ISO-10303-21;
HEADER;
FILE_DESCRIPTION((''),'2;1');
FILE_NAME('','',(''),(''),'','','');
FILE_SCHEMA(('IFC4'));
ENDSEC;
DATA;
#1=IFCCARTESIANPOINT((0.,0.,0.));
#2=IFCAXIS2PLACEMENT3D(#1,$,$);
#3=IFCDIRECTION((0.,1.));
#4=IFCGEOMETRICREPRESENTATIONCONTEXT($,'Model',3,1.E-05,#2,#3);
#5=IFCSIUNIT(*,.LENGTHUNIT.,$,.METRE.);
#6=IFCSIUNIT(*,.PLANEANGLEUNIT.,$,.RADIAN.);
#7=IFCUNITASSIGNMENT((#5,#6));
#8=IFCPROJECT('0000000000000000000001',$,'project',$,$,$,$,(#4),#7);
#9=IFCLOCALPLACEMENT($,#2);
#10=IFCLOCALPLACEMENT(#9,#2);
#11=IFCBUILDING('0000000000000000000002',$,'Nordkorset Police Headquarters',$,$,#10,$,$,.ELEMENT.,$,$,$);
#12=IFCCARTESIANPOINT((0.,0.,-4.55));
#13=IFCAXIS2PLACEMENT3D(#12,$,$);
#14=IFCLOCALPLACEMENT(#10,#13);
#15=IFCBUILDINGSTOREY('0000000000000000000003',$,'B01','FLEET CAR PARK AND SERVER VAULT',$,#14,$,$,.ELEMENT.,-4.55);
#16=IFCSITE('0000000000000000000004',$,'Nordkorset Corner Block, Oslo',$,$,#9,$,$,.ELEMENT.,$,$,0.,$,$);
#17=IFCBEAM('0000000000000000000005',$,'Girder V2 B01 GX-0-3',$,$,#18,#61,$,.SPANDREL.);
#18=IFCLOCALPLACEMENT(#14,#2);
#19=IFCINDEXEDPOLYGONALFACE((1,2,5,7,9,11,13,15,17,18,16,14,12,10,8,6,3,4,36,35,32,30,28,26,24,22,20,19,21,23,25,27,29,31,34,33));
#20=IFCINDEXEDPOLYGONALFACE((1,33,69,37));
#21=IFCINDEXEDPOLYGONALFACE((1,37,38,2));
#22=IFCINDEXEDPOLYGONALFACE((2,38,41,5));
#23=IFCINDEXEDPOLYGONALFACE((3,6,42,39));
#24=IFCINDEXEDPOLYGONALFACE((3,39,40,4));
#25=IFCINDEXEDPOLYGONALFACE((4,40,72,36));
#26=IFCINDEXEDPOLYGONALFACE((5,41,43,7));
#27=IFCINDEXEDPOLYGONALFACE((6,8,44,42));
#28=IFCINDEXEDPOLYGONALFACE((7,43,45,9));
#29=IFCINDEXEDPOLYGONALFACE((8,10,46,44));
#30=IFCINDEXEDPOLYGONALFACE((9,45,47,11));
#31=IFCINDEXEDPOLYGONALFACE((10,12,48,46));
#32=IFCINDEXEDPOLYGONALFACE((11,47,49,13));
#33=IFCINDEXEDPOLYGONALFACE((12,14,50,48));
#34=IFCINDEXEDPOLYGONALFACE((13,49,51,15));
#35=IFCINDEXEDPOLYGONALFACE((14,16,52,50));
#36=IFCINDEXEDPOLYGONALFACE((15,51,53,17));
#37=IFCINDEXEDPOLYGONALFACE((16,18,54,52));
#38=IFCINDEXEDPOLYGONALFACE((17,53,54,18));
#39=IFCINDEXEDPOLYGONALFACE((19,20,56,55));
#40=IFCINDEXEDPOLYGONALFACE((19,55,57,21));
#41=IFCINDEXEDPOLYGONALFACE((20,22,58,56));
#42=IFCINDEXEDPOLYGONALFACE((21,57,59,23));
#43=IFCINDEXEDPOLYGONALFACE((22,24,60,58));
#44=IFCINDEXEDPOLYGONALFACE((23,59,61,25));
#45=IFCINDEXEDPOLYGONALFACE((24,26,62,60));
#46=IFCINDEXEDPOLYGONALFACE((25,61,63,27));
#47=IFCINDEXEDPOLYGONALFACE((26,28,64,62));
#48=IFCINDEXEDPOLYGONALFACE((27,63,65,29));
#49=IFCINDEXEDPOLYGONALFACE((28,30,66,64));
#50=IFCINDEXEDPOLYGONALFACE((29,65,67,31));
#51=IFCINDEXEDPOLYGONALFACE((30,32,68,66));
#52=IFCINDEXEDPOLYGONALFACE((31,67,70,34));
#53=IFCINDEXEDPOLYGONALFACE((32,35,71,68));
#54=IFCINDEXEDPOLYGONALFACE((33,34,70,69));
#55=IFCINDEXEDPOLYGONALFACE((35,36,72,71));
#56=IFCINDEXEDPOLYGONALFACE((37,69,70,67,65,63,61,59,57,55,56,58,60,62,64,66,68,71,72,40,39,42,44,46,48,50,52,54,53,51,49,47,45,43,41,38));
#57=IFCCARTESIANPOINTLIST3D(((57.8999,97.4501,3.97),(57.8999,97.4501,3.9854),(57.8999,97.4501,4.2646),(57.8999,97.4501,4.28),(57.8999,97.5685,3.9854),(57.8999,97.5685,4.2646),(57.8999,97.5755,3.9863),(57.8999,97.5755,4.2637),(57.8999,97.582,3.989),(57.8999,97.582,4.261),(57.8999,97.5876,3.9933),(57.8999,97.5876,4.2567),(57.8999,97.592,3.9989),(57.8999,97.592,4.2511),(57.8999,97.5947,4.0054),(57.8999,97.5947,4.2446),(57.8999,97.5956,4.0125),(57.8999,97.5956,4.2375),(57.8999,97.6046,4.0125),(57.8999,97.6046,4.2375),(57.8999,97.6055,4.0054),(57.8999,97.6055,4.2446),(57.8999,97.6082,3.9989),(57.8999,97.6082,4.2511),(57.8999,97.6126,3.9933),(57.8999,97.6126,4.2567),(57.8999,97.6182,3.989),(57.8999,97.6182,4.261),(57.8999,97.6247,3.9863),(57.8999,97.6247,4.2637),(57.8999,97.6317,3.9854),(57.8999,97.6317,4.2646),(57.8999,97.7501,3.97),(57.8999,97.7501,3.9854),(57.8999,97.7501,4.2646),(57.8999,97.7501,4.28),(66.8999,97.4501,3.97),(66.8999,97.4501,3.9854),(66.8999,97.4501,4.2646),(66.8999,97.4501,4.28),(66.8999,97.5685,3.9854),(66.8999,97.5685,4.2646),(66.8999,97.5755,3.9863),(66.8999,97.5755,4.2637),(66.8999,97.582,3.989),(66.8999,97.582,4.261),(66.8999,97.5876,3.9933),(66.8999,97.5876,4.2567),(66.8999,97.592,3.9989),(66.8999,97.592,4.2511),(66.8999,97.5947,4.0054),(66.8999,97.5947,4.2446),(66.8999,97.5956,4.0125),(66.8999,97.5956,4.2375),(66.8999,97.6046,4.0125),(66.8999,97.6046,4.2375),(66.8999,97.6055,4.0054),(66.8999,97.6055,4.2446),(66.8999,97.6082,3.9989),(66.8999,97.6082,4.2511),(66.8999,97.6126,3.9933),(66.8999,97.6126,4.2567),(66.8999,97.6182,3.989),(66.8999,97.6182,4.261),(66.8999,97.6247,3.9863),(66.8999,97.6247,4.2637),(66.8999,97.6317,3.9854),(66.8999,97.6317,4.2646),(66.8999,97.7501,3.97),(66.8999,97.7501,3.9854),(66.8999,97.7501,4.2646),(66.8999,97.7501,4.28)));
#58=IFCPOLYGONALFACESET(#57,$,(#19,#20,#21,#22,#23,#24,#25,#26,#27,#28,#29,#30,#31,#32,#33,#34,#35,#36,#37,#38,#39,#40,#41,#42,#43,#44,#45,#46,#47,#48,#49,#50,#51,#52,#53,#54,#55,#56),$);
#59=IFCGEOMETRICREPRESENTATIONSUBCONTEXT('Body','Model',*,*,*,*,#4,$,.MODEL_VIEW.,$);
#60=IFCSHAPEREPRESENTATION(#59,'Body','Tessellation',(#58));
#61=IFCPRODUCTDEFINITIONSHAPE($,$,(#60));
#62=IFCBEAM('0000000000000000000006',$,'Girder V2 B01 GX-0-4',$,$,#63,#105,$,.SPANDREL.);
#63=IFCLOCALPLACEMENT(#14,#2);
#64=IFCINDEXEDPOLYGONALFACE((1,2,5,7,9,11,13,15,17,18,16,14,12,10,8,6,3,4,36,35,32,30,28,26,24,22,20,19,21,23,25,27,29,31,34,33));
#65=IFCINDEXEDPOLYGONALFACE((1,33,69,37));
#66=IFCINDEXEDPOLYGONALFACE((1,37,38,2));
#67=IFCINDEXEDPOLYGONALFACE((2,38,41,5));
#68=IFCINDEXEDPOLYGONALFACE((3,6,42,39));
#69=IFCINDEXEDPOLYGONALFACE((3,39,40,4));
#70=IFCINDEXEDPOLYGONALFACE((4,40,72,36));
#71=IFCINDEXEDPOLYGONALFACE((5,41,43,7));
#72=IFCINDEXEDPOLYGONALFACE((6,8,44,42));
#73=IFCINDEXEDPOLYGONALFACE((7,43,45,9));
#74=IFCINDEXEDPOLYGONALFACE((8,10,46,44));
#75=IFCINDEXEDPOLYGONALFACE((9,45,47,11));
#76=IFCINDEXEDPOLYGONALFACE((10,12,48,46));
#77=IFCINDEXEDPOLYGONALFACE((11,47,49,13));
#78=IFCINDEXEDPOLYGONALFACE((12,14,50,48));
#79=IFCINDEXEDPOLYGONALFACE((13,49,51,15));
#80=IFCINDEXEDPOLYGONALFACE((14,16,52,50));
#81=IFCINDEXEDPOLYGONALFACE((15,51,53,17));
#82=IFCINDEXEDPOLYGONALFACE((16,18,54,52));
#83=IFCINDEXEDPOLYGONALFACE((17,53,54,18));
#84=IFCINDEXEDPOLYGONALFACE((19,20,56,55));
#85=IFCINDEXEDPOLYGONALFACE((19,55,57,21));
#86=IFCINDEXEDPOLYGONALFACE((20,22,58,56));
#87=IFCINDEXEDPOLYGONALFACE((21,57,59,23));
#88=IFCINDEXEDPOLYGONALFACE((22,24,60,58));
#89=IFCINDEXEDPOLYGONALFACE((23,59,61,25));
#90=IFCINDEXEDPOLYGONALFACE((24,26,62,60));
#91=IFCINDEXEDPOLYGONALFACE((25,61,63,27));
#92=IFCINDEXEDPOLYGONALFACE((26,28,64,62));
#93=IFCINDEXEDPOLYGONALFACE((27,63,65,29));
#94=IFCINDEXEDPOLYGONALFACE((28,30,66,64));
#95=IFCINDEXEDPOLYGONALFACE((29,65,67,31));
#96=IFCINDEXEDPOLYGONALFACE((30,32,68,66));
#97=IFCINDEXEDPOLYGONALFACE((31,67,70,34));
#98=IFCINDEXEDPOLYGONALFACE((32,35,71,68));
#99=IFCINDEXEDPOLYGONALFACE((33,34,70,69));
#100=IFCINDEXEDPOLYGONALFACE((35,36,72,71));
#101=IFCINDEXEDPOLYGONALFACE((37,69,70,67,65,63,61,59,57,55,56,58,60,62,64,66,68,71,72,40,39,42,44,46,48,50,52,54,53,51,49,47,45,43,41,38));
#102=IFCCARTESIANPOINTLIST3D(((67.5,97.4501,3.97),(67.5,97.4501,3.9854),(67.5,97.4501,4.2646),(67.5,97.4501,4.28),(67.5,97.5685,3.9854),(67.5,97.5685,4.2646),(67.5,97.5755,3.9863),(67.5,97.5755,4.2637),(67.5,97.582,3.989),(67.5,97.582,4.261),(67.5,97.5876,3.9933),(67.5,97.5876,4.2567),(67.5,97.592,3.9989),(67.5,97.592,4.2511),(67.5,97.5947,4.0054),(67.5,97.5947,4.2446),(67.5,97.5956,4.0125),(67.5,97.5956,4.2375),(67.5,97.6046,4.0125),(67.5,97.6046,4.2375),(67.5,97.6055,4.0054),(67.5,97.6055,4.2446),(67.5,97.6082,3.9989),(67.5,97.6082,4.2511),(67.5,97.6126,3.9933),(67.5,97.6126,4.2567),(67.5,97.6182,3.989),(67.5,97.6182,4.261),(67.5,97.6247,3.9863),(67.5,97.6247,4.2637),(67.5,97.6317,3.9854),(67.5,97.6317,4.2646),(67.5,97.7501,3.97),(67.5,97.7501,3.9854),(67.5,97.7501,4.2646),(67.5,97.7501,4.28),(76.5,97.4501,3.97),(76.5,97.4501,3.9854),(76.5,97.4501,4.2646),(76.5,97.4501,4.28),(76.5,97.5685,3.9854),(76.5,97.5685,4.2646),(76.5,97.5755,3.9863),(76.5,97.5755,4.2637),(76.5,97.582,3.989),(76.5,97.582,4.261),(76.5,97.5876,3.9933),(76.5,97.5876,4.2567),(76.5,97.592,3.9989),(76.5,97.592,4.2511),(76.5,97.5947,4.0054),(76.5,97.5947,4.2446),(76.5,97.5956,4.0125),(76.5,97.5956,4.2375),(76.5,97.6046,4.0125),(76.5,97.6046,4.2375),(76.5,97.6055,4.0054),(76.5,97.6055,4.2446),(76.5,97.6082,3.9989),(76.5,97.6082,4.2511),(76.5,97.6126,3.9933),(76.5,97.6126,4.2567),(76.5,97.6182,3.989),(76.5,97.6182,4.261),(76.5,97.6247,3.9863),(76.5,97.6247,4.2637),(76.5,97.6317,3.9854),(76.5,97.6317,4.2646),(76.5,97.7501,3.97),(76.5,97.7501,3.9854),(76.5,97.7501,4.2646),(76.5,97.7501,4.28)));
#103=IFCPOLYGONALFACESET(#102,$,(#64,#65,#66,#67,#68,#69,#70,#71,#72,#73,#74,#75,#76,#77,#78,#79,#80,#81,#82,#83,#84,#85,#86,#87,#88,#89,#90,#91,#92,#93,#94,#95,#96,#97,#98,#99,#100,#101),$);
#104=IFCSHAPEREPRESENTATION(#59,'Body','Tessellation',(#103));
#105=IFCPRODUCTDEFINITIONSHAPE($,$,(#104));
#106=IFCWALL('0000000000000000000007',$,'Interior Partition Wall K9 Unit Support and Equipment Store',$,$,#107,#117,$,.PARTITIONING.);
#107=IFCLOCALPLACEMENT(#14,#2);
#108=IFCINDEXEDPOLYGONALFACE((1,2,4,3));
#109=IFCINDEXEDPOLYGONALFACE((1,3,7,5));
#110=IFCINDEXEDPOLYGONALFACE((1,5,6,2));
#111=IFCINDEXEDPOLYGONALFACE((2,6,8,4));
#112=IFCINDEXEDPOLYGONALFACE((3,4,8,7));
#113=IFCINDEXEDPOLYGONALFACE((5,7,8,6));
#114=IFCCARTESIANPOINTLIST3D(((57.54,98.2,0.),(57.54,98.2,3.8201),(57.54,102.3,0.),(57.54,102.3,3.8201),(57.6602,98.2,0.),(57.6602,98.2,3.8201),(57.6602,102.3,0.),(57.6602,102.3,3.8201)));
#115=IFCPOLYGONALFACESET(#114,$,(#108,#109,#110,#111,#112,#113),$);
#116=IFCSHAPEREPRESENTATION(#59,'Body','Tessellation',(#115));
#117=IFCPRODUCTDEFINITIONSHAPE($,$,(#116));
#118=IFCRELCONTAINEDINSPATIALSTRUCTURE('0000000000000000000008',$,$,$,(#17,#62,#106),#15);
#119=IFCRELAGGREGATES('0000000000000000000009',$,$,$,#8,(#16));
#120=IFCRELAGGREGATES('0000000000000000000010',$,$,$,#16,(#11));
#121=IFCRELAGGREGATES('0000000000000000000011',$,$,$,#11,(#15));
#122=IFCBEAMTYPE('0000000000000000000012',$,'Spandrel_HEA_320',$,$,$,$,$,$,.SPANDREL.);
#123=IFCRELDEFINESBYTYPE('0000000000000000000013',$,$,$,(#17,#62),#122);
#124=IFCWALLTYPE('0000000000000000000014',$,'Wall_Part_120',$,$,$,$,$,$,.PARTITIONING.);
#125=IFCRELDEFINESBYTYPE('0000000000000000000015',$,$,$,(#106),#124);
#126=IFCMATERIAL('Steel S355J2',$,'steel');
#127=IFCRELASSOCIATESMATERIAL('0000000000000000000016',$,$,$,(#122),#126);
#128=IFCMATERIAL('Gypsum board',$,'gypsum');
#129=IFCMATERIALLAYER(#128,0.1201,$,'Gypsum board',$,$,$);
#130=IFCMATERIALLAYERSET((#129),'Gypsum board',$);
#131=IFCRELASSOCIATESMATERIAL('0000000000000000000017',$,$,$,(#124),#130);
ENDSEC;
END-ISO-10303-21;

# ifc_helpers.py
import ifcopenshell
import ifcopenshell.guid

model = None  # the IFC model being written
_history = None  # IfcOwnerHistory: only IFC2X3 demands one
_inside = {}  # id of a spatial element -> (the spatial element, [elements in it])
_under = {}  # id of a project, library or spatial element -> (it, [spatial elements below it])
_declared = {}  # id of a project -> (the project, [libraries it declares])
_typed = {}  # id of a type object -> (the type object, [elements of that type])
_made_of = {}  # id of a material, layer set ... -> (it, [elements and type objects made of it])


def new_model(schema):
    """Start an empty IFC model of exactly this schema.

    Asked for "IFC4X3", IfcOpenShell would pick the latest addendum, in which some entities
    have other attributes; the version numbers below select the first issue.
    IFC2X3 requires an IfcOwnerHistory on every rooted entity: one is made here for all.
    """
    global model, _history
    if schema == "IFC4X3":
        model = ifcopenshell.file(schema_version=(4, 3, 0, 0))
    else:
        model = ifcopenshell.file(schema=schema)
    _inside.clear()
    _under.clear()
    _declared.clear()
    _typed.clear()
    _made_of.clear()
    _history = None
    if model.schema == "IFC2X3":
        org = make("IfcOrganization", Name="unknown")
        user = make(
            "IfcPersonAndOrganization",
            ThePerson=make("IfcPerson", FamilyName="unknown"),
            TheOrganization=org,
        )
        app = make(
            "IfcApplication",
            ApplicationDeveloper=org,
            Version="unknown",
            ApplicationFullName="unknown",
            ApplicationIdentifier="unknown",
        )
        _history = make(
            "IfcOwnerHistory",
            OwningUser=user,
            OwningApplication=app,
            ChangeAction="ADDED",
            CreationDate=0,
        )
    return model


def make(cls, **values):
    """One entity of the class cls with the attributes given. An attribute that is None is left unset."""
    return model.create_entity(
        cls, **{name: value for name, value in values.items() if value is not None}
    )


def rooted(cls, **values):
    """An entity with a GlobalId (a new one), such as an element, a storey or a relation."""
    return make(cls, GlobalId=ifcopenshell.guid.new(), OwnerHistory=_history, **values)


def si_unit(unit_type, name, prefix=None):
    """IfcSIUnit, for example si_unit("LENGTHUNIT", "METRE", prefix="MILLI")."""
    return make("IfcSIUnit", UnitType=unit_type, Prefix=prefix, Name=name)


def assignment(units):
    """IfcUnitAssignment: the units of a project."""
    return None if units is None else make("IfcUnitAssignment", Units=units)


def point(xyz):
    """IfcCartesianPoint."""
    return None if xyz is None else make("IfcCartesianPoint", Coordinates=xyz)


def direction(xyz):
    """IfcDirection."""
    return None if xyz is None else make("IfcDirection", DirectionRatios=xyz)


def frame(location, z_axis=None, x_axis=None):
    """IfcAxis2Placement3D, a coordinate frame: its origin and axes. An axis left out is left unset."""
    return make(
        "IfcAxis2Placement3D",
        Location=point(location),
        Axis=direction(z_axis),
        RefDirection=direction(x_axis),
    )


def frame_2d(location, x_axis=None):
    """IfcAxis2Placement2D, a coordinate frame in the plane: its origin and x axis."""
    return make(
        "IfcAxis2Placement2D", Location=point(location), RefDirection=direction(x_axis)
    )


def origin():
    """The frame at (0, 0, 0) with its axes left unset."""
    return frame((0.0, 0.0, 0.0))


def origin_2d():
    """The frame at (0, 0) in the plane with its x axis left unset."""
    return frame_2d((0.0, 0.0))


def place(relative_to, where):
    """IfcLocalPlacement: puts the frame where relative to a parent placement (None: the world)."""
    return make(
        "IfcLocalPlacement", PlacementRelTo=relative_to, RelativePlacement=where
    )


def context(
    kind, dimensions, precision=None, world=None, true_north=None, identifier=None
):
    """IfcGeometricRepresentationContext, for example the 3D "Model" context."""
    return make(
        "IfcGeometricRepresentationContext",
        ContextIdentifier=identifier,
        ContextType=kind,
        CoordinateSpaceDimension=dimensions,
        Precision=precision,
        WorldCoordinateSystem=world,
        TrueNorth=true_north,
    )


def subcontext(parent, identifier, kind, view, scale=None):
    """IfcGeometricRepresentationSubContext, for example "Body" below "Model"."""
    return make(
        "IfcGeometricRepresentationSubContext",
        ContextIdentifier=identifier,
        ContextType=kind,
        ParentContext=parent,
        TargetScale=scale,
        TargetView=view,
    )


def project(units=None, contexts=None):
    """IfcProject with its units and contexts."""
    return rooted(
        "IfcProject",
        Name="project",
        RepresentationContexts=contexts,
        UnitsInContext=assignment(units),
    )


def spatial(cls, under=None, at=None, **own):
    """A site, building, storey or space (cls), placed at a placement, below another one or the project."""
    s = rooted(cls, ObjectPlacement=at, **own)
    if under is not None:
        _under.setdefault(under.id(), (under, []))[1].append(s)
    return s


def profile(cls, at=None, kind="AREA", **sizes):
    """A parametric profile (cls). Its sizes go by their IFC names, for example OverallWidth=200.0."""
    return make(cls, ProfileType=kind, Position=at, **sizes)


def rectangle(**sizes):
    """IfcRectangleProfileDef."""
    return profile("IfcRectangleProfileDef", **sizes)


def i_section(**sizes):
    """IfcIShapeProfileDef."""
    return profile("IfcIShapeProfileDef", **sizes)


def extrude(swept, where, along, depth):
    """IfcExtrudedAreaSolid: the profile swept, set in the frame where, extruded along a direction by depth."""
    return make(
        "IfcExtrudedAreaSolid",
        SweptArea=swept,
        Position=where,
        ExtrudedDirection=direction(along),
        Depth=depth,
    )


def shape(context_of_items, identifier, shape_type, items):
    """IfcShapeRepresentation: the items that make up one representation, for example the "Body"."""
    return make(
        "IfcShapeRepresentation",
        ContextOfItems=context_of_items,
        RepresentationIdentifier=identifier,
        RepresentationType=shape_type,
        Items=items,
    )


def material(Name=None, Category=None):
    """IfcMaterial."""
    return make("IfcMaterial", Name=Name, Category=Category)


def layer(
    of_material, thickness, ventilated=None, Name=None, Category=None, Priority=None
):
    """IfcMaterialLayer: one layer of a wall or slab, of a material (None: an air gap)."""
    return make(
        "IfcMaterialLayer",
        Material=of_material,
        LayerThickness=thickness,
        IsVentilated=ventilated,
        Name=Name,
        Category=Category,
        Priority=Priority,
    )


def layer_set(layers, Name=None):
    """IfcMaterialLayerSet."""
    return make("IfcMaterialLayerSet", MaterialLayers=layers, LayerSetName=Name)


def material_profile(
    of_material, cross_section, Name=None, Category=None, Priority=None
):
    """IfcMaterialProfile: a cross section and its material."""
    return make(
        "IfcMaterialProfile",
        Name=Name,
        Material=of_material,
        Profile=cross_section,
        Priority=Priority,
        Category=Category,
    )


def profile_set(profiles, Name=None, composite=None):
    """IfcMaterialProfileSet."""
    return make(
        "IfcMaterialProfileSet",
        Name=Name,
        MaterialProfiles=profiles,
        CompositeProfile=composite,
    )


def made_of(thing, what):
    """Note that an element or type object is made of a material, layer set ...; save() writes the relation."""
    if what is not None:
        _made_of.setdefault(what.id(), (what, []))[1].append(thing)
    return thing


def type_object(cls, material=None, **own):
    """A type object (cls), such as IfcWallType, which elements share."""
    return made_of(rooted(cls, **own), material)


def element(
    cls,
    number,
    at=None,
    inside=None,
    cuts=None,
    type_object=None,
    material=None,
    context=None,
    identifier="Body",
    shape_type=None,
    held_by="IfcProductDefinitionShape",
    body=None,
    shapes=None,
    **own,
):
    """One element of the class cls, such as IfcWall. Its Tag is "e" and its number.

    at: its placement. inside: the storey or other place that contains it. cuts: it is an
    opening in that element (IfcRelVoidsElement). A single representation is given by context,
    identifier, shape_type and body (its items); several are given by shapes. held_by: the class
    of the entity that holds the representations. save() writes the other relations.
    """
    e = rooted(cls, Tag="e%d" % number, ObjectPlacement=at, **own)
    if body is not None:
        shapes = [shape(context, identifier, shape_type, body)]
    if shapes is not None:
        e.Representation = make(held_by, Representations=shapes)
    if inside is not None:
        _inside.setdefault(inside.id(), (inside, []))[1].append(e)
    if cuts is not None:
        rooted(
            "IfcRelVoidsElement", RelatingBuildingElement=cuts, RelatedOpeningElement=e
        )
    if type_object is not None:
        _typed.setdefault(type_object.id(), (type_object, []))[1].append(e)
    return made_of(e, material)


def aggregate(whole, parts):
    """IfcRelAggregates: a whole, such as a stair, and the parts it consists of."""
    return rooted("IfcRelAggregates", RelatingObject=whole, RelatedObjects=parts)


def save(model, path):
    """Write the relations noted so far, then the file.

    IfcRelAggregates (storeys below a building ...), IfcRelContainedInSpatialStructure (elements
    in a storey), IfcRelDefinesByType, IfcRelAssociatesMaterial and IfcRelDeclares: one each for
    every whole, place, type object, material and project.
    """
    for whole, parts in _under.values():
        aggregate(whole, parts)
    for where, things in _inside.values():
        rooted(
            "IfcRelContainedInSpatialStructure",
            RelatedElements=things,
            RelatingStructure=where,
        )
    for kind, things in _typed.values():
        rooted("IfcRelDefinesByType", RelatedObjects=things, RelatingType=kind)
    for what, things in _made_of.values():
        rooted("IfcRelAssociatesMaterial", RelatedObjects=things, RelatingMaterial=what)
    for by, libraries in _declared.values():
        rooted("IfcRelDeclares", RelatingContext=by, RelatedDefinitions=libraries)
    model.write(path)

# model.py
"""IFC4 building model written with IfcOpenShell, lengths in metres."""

from ifc_helpers import new_model, si_unit, direction, frame, frame_2d, origin, origin_2d, place, context, subcontext, project, spatial, rectangle, i_section, extrude, material, layer, layer_set, material_profile, profile_set, type_object, element, save


model = new_model("IFC4")

# Units and contexts
model_context = context("Model", 3, precision=1e-05, world=origin(), true_north=direction((0.0, 1.0)))
body_context = subcontext(model_context, "Body", "Model", "MODEL_VIEW")
ifc_project = project(units=[si_unit("LENGTHUNIT", "METRE"), si_unit("PLANEANGLEUNIT", "RADIAN")], contexts=[model_context])

# Site, building, storey
site_placement = place(None, origin())
site = spatial("IfcSite", under=ifc_project, at=site_placement, Name="Nordkorset Corner Block, Oslo", CompositionType="ELEMENT", RefElevation=0.0)
building_placement = place(site_placement, origin())
building = spatial("IfcBuilding", under=site, at=building_placement, Name="Nordkorset Police Headquarters", CompositionType="ELEMENT")
storey_placement = place(building_placement, frame((0.0, 0.0, -4.55)))
storey = spatial("IfcBuildingStorey", under=building, at=storey_placement, Name="B01", Description="FLEET CAR PARK AND SERVER VAULT", CompositionType="ELEMENT", Elevation=-4.55)

# Beams
ifc_material_1 = material(Name="Steel S355J2", Category="steel")
ifc_material_profile_1 = material_profile(ifc_material_1, i_section(OverallWidth=0.3, OverallDepth=0.3101, WebThickness=0.009, FlangeThickness=0.0154, FilletRadius=0.0271, at=origin_2d()), Name="HEA 320")
ifc_profile_set_1 = profile_set([ifc_material_profile_1], Name="Steel S355J2")
beam_type_1 = type_object("IfcBeamType", Name="Spandrel_HEA_320", PredefinedType="SPANDREL", material=ifc_profile_set_1)
for number, where, z_axis, x_axis, name in (
    (1, (57.8999, 97.6001, 4.125), (1.0, 0.0, 0.0), (0.0, 1.0, 0.0), "Girder V2 B01 GX-0-3"),
    (2, (67.5, 97.6001, 4.125), (1.0, 0.0, 0.0), (0.0, 1.0, 0.0), "Girder V2 B01 GX-0-4"),
):
    element("IfcBeam", number, at=place(storey_placement, frame(where, z_axis=z_axis, x_axis=x_axis)), inside=storey, type_object=beam_type_1, Name=name, PredefinedType="SPANDREL", context=body_context, shape_type="SweptSolid", body=[
        extrude(i_section(OverallWidth=0.3, OverallDepth=0.3101, WebThickness=0.009, FlangeThickness=0.0154, FilletRadius=0.0271, at=origin_2d()), origin(), (0.0, 0.0, 1.0), 9.0),
    ])

# Wall
ifc_material_2 = material(Name="Gypsum board", Category="gypsum")
ifc_layer = layer(ifc_material_2, 0.1201, Name="Gypsum board")
ifc_layer_set = layer_set([ifc_layer], Name="Gypsum board")
wall_type = type_object("IfcWallType", Name="Wall_Part_120", PredefinedType="PARTITIONING", material=ifc_layer_set)
wall_placement = place(storey_placement, frame((57.6001, 98.2, 0.0), z_axis=(0.0, 0.0, 1.0), x_axis=(0.0, 1.0, 0.0)))
element("IfcWall", 3, at=wall_placement, inside=storey, type_object=wall_type, Name="Interior Partition Wall K9 Unit Support and Equipment Store", PredefinedType="PARTITIONING", context=body_context, shape_type="SweptSolid", body=[
    extrude(rectangle(XDim=4.1001, YDim=0.1201, at=frame_2d((2.05, 0.0))), origin(), (0.0, 0.0, 1.0), 3.8201),
])

save(model, "model.ifc")
